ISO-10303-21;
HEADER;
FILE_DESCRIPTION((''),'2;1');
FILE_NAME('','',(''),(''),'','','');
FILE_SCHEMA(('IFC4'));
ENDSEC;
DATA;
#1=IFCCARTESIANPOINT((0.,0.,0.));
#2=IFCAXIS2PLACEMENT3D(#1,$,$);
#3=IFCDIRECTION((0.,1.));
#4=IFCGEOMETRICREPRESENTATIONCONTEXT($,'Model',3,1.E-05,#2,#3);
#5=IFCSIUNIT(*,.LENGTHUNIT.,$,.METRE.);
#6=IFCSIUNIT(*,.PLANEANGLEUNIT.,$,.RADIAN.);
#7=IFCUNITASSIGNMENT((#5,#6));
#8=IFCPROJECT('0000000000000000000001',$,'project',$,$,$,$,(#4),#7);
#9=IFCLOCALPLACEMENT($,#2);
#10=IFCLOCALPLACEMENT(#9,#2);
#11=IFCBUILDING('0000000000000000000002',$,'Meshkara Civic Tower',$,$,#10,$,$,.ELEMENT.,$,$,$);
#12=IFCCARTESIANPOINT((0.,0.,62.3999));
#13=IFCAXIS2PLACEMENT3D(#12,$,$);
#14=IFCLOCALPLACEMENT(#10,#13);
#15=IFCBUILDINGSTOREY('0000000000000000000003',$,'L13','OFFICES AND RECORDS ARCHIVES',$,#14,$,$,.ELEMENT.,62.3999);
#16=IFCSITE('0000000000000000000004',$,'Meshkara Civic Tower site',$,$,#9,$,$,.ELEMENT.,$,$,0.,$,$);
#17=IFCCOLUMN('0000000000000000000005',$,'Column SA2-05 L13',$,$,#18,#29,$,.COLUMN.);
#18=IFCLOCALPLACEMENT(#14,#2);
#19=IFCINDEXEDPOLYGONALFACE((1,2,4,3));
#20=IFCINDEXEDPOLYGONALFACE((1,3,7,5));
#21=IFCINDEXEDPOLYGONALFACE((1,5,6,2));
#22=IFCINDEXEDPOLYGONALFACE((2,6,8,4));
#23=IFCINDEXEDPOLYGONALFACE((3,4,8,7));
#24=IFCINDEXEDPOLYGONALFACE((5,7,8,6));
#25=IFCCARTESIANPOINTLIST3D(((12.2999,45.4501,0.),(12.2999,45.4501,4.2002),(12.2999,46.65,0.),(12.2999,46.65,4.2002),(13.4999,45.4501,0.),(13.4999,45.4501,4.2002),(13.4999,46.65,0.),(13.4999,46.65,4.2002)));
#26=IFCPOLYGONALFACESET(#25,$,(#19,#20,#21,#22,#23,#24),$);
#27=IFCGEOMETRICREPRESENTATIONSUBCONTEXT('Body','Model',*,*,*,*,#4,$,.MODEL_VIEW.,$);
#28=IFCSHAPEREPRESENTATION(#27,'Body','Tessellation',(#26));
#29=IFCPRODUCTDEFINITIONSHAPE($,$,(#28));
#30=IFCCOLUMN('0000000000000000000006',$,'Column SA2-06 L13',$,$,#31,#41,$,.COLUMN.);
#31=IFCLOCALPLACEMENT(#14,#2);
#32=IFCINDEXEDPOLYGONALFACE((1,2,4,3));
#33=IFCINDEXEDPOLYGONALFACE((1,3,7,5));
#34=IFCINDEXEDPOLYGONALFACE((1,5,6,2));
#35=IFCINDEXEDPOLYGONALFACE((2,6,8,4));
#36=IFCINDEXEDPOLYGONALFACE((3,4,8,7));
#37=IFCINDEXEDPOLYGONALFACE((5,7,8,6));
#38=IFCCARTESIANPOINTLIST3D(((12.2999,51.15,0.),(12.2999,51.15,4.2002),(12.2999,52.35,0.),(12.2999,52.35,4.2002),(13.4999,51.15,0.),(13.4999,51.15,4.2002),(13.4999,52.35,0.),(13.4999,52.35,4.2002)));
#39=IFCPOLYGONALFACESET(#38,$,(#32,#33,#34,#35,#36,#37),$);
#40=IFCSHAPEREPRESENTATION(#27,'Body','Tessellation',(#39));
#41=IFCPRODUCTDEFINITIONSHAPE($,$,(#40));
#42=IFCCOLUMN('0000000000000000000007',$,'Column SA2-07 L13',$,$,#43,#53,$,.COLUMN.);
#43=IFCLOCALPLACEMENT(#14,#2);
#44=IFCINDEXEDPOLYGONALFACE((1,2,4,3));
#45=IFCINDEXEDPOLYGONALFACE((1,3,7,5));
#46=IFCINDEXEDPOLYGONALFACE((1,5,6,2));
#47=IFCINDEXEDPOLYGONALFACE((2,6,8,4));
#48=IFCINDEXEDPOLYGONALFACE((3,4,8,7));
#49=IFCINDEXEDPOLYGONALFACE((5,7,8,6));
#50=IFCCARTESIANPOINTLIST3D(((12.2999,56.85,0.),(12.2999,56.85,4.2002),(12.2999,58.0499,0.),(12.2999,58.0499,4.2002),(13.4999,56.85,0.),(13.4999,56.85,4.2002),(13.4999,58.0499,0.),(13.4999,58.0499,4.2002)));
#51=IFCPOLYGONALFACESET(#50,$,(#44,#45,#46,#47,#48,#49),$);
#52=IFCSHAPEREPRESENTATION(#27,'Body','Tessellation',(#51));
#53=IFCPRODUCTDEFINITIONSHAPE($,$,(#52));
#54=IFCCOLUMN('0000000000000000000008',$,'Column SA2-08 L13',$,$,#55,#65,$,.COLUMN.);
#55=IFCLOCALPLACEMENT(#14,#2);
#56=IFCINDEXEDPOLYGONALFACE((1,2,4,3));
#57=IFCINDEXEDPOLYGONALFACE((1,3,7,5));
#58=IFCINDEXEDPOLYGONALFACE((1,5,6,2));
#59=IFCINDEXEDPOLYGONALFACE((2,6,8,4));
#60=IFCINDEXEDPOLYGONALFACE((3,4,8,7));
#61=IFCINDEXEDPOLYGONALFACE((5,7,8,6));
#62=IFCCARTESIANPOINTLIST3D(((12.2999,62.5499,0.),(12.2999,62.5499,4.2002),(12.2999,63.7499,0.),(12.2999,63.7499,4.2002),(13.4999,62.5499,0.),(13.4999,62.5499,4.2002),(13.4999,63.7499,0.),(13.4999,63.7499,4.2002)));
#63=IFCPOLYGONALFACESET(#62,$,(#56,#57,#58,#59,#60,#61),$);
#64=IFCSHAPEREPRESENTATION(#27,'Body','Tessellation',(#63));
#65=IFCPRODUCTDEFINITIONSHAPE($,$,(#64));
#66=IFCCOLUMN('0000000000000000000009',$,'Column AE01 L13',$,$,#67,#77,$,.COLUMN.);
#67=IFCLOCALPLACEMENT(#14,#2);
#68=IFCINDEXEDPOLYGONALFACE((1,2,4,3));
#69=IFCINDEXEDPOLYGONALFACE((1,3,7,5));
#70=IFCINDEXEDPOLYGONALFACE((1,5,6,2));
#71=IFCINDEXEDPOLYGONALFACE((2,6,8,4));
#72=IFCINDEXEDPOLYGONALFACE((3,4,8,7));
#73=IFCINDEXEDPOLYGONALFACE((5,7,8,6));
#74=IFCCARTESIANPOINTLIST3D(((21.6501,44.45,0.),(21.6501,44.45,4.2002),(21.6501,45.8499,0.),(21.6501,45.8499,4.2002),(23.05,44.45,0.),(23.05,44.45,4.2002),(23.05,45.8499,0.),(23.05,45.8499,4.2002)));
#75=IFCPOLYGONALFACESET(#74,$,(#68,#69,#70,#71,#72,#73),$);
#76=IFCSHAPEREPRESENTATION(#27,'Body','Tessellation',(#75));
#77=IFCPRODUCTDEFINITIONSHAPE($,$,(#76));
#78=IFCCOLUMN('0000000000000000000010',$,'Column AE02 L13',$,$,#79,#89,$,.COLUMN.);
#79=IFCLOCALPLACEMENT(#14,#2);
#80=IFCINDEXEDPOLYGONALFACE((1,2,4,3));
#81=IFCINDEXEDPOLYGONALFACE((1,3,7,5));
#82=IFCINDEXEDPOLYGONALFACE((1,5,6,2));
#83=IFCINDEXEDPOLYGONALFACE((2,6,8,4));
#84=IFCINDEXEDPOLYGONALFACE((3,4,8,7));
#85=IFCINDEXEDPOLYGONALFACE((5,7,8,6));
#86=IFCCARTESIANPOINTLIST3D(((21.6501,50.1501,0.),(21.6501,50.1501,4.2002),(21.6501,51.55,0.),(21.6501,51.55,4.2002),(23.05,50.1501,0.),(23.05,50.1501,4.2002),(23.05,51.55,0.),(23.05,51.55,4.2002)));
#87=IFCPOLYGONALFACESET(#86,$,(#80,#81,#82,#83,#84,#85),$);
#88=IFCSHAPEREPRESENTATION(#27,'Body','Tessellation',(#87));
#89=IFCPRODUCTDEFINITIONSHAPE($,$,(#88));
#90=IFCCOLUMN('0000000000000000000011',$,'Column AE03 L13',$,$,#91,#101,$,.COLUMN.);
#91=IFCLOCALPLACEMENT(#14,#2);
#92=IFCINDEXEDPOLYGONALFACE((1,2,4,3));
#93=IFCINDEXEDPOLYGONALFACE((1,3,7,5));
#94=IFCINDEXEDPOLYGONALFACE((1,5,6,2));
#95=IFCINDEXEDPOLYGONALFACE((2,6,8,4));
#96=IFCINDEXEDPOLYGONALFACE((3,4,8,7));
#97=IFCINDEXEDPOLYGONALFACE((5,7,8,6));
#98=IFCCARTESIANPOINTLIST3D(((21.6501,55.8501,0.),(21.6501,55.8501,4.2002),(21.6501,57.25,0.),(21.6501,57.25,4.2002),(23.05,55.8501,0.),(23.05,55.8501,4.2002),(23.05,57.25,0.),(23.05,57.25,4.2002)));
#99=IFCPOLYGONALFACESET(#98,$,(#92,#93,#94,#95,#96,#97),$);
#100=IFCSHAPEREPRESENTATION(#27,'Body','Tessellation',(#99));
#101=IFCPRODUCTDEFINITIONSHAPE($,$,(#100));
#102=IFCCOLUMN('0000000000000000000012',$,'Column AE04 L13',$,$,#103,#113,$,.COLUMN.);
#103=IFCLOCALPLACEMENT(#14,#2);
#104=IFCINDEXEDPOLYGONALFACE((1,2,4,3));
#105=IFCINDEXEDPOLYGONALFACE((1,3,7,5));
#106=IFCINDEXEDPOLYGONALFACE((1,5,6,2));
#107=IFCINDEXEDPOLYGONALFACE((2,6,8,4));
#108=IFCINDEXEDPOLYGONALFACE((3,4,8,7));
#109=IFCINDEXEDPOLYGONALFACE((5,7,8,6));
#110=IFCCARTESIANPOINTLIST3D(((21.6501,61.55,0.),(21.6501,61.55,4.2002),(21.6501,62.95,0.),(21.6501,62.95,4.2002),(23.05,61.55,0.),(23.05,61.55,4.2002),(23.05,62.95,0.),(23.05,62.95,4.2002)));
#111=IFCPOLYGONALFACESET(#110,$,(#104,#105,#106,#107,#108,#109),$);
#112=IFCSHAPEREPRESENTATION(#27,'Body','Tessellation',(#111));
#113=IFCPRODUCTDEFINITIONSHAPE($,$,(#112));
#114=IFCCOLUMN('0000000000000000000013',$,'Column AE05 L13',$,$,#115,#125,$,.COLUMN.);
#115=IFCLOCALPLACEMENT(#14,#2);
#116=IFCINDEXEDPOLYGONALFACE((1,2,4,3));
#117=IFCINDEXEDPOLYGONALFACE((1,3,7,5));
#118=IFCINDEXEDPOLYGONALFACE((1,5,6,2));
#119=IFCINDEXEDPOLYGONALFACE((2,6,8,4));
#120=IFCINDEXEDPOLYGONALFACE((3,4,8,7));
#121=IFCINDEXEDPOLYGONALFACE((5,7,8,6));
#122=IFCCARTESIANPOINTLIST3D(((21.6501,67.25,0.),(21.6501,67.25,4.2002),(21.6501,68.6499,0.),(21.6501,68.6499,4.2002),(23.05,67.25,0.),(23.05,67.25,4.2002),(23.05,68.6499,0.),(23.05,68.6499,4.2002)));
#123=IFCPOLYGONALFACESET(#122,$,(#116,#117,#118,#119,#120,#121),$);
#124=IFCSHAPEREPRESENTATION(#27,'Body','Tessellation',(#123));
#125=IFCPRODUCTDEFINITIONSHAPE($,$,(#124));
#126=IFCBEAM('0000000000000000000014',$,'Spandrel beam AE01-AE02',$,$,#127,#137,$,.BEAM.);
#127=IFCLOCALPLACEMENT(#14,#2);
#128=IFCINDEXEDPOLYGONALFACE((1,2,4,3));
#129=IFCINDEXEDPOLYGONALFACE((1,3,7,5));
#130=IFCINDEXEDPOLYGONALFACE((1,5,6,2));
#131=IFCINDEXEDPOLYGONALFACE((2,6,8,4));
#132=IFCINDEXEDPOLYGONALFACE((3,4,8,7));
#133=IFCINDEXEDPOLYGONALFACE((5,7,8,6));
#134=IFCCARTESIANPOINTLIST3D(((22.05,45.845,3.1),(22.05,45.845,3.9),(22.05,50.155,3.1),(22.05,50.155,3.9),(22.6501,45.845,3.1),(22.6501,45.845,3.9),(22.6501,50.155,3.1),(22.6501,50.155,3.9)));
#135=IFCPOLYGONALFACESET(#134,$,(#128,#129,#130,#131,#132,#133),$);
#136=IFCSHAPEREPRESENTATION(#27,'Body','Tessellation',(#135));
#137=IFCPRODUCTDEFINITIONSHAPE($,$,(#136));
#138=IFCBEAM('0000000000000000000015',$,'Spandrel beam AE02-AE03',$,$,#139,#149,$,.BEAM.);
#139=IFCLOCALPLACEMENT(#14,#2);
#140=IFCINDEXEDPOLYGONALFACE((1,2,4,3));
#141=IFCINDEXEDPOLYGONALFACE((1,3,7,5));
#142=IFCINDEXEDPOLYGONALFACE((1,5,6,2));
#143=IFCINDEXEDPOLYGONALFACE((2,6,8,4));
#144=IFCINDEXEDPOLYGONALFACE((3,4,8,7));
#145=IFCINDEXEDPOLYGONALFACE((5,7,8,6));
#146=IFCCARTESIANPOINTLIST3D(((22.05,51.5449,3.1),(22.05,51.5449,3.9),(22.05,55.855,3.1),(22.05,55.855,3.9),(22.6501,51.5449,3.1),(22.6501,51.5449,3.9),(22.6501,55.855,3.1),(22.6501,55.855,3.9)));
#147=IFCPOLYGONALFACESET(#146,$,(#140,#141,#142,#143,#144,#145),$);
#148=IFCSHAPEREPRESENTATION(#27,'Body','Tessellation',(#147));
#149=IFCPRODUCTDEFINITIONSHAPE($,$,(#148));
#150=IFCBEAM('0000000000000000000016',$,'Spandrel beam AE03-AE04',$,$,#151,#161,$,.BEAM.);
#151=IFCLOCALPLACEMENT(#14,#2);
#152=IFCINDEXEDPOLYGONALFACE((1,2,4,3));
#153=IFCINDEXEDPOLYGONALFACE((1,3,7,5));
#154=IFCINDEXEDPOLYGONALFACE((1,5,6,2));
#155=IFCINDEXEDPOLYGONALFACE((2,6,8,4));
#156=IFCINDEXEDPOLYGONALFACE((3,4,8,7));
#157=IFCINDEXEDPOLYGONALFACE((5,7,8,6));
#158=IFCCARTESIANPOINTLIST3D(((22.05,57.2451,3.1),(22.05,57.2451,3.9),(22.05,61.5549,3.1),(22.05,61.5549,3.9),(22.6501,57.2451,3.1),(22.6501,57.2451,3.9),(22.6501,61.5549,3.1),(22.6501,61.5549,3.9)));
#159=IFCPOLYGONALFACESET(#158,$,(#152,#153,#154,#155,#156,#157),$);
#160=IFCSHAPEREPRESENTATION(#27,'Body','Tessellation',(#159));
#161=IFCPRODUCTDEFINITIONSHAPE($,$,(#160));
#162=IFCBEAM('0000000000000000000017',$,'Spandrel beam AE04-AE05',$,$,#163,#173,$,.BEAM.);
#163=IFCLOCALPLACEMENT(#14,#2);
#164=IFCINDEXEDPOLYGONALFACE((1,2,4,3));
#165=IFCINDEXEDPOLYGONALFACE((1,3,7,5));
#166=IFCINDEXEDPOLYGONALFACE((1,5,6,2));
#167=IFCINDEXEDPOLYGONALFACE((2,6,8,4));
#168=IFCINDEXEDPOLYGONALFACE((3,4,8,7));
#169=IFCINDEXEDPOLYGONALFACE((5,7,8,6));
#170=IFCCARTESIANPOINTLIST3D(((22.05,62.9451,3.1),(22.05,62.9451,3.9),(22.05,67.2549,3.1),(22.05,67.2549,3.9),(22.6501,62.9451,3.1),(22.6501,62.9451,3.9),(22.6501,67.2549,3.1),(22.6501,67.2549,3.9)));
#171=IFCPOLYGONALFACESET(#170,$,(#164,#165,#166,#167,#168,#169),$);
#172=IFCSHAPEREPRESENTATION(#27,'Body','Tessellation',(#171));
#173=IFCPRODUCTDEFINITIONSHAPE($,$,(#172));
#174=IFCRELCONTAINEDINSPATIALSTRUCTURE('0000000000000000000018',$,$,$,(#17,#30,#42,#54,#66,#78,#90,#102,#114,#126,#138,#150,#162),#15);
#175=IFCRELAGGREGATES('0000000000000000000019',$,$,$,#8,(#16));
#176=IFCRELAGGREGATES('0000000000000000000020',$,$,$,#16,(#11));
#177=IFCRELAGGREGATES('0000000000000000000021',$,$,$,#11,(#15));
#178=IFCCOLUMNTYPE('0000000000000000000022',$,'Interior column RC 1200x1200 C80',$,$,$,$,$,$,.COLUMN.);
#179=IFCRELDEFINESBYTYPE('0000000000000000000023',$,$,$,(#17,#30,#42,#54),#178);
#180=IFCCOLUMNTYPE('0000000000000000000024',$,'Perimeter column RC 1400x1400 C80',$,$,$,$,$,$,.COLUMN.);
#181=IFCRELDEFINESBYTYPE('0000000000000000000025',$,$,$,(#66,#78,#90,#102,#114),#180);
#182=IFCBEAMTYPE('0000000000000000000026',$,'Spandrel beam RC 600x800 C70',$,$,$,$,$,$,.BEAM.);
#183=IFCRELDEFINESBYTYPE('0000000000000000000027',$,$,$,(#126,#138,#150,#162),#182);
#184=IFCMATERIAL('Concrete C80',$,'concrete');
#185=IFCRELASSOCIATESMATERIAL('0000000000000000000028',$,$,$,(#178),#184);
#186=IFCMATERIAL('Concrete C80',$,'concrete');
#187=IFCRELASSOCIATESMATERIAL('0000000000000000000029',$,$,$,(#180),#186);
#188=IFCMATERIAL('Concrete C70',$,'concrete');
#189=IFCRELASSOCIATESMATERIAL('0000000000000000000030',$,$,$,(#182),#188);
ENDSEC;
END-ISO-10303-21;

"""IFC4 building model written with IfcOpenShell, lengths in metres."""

from ifc_helpers import new_model, si_unit, direction, frame, origin, origin_2d, place, context, subcontext, project, spatial, rectangle, extrude, material, material_profile, profile_set, type_object, element, save


model = new_model("IFC4")

# Units and contexts
model_context = context("Model", 3, precision=1e-05, world=origin(), true_north=direction((0.0, 1.0)))
body_context = subcontext(model_context, "Body", "Model", "MODEL_VIEW")
ifc_project = project(units=[si_unit("LENGTHUNIT", "METRE"), si_unit("PLANEANGLEUNIT", "RADIAN")], contexts=[model_context])

# Site, building, storey
site_placement = place(None, origin())
site = spatial("IfcSite", under=ifc_project, at=site_placement, Name="Meshkara Civic Tower site", CompositionType="ELEMENT", RefElevation=0.0)
building_placement = place(site_placement, origin())
building = spatial("IfcBuilding", under=site, at=building_placement, Name="Meshkara Civic Tower", CompositionType="ELEMENT")
storey_placement = place(building_placement, frame((0.0, 0.0, 62.3999)))
storey = spatial("IfcBuildingStorey", under=building, at=storey_placement, Name="L13", Description="OFFICES AND RECORDS ARCHIVES", CompositionType="ELEMENT", Elevation=62.3999)

# Columns
ifc_material_1 = material(Name="Concrete C80", Category="concrete")
ifc_material_profile_1 = material_profile(ifc_material_1, rectangle(XDim=1.2, YDim=1.2, at=origin_2d()))
ifc_profile_set_1 = profile_set([ifc_material_profile_1], Name="Concrete C80")
column_type_1 = type_object("IfcColumnType", Name="Interior column RC 1200x1200 C80", PredefinedType="COLUMN", material=ifc_profile_set_1)
for number, where, z_axis, x_axis, name in (
    (1, (12.8999, 46.05, 0.0), (0.0, 0.0, 1.0), (1.0, 0.0, 0.0), "Column SA2-05 L13"),
    (2, (12.8999, 51.75, 0.0), (0.0, 0.0, 1.0), (1.0, 0.0, 0.0), "Column SA2-06 L13"),
    (3, (12.8999, 57.45, 0.0), (0.0, 0.0, 1.0), (1.0, 0.0, 0.0), "Column SA2-07 L13"),
    (4, (12.8999, 63.1499, 0.0), (0.0, 0.0, 1.0), (1.0, 0.0, 0.0), "Column SA2-08 L13"),
):
    element("IfcColumn", number, at=place(storey_placement, frame(where, z_axis=z_axis, x_axis=x_axis)), inside=storey, type_object=column_type_1, Name=name, PredefinedType="COLUMN", context=body_context, shape_type="SweptSolid", body=[
        extrude(rectangle(XDim=1.2, YDim=1.2, at=origin_2d()), origin(), (0.0, 0.0, 1.0), 4.2002),
    ])
ifc_material_2 = material(Name="Concrete C80", Category="concrete")
ifc_material_profile_2 = material_profile(ifc_material_2, rectangle(XDim=1.3999, YDim=1.3999, at=origin_2d()))
ifc_profile_set_2 = profile_set([ifc_material_profile_2], Name="Concrete C80")
column_type_2 = type_object("IfcColumnType", Name="Perimeter column RC 1400x1400 C80", PredefinedType="COLUMN", material=ifc_profile_set_2)
for number, where, z_axis, x_axis, name in (
    (5, (22.3501, 45.1499, 0.0), (0.0, 0.0, 1.0), (1.0, 0.0, 0.0), "Column AE01 L13"),
    (6, (22.3501, 50.8501, 0.0), (0.0, 0.0, 1.0), (1.0, 0.0, 0.0), "Column AE02 L13"),
    (7, (22.3501, 56.55, 0.0), (0.0, 0.0, 1.0), (1.0, 0.0, 0.0), "Column AE03 L13"),
    (8, (22.3501, 62.25, 0.0), (0.0, 0.0, 1.0), (1.0, 0.0, 0.0), "Column AE04 L13"),
    (9, (22.3501, 67.95, 0.0), (0.0, 0.0, 1.0), (1.0, 0.0, 0.0), "Column AE05 L13"),
):
    element("IfcColumn", number, at=place(storey_placement, frame(where, z_axis=z_axis, x_axis=x_axis)), inside=storey, type_object=column_type_2, Name=name, PredefinedType="COLUMN", context=body_context, shape_type="SweptSolid", body=[
        extrude(rectangle(XDim=1.3999, YDim=1.3999, at=origin_2d()), origin(), (0.0, 0.0, 1.0), 4.2002),
    ])

# Beams
ifc_material_3 = material(Name="Concrete C70", Category="concrete")
ifc_material_profile_3 = material_profile(ifc_material_3, rectangle(XDim=0.6001, YDim=0.8, at=origin_2d()))
ifc_profile_set_3 = profile_set([ifc_material_profile_3], Name="Concrete C70")
beam_type = type_object("IfcBeamType", Name="Spandrel beam RC 600x800 C70", PredefinedType="BEAM", material=ifc_profile_set_3)
for number, where, z_axis, x_axis, name in (
    (10, (22.3501, 45.845, 3.5), (0.0, 1.0, 0.0), (-1.0, 0.0, 0.0), "Spandrel beam AE01-AE02"),
    (11, (22.3501, 51.5449, 3.5), (0.0, 1.0, 0.0), (-1.0, 0.0, 0.0), "Spandrel beam AE02-AE03"),
):
    element("IfcBeam", number, at=place(storey_placement, frame(where, z_axis=z_axis, x_axis=x_axis)), inside=storey, type_object=beam_type, Name=name, PredefinedType="BEAM", context=body_context, shape_type="SweptSolid", body=[
        extrude(rectangle(XDim=0.6001, YDim=0.8, at=origin_2d()), origin(), (0.0, 0.0, 1.0), 4.3101),
    ])
for number, where, z_axis, x_axis, name in (
    (12, (22.3501, 57.2451, 3.5), (0.0, 1.0, 0.0), (-1.0, 0.0, 0.0), "Spandrel beam AE03-AE04"),
    (13, (22.3501, 62.9451, 3.5), (0.0, 1.0, 0.0), (-1.0, 0.0, 0.0), "Spandrel beam AE04-AE05"),
):
    element("IfcBeam", number, at=place(storey_placement, frame(where, z_axis=z_axis, x_axis=x_axis)), inside=storey, type_object=beam_type, Name=name, PredefinedType="BEAM", context=body_context, shape_type="SweptSolid", body=[
        extrude(rectangle(XDim=0.6001, YDim=0.8, at=origin_2d()), origin(), (0.0, 0.0, 1.0), 4.3098),
    ])

save(model, "model.ifc")
